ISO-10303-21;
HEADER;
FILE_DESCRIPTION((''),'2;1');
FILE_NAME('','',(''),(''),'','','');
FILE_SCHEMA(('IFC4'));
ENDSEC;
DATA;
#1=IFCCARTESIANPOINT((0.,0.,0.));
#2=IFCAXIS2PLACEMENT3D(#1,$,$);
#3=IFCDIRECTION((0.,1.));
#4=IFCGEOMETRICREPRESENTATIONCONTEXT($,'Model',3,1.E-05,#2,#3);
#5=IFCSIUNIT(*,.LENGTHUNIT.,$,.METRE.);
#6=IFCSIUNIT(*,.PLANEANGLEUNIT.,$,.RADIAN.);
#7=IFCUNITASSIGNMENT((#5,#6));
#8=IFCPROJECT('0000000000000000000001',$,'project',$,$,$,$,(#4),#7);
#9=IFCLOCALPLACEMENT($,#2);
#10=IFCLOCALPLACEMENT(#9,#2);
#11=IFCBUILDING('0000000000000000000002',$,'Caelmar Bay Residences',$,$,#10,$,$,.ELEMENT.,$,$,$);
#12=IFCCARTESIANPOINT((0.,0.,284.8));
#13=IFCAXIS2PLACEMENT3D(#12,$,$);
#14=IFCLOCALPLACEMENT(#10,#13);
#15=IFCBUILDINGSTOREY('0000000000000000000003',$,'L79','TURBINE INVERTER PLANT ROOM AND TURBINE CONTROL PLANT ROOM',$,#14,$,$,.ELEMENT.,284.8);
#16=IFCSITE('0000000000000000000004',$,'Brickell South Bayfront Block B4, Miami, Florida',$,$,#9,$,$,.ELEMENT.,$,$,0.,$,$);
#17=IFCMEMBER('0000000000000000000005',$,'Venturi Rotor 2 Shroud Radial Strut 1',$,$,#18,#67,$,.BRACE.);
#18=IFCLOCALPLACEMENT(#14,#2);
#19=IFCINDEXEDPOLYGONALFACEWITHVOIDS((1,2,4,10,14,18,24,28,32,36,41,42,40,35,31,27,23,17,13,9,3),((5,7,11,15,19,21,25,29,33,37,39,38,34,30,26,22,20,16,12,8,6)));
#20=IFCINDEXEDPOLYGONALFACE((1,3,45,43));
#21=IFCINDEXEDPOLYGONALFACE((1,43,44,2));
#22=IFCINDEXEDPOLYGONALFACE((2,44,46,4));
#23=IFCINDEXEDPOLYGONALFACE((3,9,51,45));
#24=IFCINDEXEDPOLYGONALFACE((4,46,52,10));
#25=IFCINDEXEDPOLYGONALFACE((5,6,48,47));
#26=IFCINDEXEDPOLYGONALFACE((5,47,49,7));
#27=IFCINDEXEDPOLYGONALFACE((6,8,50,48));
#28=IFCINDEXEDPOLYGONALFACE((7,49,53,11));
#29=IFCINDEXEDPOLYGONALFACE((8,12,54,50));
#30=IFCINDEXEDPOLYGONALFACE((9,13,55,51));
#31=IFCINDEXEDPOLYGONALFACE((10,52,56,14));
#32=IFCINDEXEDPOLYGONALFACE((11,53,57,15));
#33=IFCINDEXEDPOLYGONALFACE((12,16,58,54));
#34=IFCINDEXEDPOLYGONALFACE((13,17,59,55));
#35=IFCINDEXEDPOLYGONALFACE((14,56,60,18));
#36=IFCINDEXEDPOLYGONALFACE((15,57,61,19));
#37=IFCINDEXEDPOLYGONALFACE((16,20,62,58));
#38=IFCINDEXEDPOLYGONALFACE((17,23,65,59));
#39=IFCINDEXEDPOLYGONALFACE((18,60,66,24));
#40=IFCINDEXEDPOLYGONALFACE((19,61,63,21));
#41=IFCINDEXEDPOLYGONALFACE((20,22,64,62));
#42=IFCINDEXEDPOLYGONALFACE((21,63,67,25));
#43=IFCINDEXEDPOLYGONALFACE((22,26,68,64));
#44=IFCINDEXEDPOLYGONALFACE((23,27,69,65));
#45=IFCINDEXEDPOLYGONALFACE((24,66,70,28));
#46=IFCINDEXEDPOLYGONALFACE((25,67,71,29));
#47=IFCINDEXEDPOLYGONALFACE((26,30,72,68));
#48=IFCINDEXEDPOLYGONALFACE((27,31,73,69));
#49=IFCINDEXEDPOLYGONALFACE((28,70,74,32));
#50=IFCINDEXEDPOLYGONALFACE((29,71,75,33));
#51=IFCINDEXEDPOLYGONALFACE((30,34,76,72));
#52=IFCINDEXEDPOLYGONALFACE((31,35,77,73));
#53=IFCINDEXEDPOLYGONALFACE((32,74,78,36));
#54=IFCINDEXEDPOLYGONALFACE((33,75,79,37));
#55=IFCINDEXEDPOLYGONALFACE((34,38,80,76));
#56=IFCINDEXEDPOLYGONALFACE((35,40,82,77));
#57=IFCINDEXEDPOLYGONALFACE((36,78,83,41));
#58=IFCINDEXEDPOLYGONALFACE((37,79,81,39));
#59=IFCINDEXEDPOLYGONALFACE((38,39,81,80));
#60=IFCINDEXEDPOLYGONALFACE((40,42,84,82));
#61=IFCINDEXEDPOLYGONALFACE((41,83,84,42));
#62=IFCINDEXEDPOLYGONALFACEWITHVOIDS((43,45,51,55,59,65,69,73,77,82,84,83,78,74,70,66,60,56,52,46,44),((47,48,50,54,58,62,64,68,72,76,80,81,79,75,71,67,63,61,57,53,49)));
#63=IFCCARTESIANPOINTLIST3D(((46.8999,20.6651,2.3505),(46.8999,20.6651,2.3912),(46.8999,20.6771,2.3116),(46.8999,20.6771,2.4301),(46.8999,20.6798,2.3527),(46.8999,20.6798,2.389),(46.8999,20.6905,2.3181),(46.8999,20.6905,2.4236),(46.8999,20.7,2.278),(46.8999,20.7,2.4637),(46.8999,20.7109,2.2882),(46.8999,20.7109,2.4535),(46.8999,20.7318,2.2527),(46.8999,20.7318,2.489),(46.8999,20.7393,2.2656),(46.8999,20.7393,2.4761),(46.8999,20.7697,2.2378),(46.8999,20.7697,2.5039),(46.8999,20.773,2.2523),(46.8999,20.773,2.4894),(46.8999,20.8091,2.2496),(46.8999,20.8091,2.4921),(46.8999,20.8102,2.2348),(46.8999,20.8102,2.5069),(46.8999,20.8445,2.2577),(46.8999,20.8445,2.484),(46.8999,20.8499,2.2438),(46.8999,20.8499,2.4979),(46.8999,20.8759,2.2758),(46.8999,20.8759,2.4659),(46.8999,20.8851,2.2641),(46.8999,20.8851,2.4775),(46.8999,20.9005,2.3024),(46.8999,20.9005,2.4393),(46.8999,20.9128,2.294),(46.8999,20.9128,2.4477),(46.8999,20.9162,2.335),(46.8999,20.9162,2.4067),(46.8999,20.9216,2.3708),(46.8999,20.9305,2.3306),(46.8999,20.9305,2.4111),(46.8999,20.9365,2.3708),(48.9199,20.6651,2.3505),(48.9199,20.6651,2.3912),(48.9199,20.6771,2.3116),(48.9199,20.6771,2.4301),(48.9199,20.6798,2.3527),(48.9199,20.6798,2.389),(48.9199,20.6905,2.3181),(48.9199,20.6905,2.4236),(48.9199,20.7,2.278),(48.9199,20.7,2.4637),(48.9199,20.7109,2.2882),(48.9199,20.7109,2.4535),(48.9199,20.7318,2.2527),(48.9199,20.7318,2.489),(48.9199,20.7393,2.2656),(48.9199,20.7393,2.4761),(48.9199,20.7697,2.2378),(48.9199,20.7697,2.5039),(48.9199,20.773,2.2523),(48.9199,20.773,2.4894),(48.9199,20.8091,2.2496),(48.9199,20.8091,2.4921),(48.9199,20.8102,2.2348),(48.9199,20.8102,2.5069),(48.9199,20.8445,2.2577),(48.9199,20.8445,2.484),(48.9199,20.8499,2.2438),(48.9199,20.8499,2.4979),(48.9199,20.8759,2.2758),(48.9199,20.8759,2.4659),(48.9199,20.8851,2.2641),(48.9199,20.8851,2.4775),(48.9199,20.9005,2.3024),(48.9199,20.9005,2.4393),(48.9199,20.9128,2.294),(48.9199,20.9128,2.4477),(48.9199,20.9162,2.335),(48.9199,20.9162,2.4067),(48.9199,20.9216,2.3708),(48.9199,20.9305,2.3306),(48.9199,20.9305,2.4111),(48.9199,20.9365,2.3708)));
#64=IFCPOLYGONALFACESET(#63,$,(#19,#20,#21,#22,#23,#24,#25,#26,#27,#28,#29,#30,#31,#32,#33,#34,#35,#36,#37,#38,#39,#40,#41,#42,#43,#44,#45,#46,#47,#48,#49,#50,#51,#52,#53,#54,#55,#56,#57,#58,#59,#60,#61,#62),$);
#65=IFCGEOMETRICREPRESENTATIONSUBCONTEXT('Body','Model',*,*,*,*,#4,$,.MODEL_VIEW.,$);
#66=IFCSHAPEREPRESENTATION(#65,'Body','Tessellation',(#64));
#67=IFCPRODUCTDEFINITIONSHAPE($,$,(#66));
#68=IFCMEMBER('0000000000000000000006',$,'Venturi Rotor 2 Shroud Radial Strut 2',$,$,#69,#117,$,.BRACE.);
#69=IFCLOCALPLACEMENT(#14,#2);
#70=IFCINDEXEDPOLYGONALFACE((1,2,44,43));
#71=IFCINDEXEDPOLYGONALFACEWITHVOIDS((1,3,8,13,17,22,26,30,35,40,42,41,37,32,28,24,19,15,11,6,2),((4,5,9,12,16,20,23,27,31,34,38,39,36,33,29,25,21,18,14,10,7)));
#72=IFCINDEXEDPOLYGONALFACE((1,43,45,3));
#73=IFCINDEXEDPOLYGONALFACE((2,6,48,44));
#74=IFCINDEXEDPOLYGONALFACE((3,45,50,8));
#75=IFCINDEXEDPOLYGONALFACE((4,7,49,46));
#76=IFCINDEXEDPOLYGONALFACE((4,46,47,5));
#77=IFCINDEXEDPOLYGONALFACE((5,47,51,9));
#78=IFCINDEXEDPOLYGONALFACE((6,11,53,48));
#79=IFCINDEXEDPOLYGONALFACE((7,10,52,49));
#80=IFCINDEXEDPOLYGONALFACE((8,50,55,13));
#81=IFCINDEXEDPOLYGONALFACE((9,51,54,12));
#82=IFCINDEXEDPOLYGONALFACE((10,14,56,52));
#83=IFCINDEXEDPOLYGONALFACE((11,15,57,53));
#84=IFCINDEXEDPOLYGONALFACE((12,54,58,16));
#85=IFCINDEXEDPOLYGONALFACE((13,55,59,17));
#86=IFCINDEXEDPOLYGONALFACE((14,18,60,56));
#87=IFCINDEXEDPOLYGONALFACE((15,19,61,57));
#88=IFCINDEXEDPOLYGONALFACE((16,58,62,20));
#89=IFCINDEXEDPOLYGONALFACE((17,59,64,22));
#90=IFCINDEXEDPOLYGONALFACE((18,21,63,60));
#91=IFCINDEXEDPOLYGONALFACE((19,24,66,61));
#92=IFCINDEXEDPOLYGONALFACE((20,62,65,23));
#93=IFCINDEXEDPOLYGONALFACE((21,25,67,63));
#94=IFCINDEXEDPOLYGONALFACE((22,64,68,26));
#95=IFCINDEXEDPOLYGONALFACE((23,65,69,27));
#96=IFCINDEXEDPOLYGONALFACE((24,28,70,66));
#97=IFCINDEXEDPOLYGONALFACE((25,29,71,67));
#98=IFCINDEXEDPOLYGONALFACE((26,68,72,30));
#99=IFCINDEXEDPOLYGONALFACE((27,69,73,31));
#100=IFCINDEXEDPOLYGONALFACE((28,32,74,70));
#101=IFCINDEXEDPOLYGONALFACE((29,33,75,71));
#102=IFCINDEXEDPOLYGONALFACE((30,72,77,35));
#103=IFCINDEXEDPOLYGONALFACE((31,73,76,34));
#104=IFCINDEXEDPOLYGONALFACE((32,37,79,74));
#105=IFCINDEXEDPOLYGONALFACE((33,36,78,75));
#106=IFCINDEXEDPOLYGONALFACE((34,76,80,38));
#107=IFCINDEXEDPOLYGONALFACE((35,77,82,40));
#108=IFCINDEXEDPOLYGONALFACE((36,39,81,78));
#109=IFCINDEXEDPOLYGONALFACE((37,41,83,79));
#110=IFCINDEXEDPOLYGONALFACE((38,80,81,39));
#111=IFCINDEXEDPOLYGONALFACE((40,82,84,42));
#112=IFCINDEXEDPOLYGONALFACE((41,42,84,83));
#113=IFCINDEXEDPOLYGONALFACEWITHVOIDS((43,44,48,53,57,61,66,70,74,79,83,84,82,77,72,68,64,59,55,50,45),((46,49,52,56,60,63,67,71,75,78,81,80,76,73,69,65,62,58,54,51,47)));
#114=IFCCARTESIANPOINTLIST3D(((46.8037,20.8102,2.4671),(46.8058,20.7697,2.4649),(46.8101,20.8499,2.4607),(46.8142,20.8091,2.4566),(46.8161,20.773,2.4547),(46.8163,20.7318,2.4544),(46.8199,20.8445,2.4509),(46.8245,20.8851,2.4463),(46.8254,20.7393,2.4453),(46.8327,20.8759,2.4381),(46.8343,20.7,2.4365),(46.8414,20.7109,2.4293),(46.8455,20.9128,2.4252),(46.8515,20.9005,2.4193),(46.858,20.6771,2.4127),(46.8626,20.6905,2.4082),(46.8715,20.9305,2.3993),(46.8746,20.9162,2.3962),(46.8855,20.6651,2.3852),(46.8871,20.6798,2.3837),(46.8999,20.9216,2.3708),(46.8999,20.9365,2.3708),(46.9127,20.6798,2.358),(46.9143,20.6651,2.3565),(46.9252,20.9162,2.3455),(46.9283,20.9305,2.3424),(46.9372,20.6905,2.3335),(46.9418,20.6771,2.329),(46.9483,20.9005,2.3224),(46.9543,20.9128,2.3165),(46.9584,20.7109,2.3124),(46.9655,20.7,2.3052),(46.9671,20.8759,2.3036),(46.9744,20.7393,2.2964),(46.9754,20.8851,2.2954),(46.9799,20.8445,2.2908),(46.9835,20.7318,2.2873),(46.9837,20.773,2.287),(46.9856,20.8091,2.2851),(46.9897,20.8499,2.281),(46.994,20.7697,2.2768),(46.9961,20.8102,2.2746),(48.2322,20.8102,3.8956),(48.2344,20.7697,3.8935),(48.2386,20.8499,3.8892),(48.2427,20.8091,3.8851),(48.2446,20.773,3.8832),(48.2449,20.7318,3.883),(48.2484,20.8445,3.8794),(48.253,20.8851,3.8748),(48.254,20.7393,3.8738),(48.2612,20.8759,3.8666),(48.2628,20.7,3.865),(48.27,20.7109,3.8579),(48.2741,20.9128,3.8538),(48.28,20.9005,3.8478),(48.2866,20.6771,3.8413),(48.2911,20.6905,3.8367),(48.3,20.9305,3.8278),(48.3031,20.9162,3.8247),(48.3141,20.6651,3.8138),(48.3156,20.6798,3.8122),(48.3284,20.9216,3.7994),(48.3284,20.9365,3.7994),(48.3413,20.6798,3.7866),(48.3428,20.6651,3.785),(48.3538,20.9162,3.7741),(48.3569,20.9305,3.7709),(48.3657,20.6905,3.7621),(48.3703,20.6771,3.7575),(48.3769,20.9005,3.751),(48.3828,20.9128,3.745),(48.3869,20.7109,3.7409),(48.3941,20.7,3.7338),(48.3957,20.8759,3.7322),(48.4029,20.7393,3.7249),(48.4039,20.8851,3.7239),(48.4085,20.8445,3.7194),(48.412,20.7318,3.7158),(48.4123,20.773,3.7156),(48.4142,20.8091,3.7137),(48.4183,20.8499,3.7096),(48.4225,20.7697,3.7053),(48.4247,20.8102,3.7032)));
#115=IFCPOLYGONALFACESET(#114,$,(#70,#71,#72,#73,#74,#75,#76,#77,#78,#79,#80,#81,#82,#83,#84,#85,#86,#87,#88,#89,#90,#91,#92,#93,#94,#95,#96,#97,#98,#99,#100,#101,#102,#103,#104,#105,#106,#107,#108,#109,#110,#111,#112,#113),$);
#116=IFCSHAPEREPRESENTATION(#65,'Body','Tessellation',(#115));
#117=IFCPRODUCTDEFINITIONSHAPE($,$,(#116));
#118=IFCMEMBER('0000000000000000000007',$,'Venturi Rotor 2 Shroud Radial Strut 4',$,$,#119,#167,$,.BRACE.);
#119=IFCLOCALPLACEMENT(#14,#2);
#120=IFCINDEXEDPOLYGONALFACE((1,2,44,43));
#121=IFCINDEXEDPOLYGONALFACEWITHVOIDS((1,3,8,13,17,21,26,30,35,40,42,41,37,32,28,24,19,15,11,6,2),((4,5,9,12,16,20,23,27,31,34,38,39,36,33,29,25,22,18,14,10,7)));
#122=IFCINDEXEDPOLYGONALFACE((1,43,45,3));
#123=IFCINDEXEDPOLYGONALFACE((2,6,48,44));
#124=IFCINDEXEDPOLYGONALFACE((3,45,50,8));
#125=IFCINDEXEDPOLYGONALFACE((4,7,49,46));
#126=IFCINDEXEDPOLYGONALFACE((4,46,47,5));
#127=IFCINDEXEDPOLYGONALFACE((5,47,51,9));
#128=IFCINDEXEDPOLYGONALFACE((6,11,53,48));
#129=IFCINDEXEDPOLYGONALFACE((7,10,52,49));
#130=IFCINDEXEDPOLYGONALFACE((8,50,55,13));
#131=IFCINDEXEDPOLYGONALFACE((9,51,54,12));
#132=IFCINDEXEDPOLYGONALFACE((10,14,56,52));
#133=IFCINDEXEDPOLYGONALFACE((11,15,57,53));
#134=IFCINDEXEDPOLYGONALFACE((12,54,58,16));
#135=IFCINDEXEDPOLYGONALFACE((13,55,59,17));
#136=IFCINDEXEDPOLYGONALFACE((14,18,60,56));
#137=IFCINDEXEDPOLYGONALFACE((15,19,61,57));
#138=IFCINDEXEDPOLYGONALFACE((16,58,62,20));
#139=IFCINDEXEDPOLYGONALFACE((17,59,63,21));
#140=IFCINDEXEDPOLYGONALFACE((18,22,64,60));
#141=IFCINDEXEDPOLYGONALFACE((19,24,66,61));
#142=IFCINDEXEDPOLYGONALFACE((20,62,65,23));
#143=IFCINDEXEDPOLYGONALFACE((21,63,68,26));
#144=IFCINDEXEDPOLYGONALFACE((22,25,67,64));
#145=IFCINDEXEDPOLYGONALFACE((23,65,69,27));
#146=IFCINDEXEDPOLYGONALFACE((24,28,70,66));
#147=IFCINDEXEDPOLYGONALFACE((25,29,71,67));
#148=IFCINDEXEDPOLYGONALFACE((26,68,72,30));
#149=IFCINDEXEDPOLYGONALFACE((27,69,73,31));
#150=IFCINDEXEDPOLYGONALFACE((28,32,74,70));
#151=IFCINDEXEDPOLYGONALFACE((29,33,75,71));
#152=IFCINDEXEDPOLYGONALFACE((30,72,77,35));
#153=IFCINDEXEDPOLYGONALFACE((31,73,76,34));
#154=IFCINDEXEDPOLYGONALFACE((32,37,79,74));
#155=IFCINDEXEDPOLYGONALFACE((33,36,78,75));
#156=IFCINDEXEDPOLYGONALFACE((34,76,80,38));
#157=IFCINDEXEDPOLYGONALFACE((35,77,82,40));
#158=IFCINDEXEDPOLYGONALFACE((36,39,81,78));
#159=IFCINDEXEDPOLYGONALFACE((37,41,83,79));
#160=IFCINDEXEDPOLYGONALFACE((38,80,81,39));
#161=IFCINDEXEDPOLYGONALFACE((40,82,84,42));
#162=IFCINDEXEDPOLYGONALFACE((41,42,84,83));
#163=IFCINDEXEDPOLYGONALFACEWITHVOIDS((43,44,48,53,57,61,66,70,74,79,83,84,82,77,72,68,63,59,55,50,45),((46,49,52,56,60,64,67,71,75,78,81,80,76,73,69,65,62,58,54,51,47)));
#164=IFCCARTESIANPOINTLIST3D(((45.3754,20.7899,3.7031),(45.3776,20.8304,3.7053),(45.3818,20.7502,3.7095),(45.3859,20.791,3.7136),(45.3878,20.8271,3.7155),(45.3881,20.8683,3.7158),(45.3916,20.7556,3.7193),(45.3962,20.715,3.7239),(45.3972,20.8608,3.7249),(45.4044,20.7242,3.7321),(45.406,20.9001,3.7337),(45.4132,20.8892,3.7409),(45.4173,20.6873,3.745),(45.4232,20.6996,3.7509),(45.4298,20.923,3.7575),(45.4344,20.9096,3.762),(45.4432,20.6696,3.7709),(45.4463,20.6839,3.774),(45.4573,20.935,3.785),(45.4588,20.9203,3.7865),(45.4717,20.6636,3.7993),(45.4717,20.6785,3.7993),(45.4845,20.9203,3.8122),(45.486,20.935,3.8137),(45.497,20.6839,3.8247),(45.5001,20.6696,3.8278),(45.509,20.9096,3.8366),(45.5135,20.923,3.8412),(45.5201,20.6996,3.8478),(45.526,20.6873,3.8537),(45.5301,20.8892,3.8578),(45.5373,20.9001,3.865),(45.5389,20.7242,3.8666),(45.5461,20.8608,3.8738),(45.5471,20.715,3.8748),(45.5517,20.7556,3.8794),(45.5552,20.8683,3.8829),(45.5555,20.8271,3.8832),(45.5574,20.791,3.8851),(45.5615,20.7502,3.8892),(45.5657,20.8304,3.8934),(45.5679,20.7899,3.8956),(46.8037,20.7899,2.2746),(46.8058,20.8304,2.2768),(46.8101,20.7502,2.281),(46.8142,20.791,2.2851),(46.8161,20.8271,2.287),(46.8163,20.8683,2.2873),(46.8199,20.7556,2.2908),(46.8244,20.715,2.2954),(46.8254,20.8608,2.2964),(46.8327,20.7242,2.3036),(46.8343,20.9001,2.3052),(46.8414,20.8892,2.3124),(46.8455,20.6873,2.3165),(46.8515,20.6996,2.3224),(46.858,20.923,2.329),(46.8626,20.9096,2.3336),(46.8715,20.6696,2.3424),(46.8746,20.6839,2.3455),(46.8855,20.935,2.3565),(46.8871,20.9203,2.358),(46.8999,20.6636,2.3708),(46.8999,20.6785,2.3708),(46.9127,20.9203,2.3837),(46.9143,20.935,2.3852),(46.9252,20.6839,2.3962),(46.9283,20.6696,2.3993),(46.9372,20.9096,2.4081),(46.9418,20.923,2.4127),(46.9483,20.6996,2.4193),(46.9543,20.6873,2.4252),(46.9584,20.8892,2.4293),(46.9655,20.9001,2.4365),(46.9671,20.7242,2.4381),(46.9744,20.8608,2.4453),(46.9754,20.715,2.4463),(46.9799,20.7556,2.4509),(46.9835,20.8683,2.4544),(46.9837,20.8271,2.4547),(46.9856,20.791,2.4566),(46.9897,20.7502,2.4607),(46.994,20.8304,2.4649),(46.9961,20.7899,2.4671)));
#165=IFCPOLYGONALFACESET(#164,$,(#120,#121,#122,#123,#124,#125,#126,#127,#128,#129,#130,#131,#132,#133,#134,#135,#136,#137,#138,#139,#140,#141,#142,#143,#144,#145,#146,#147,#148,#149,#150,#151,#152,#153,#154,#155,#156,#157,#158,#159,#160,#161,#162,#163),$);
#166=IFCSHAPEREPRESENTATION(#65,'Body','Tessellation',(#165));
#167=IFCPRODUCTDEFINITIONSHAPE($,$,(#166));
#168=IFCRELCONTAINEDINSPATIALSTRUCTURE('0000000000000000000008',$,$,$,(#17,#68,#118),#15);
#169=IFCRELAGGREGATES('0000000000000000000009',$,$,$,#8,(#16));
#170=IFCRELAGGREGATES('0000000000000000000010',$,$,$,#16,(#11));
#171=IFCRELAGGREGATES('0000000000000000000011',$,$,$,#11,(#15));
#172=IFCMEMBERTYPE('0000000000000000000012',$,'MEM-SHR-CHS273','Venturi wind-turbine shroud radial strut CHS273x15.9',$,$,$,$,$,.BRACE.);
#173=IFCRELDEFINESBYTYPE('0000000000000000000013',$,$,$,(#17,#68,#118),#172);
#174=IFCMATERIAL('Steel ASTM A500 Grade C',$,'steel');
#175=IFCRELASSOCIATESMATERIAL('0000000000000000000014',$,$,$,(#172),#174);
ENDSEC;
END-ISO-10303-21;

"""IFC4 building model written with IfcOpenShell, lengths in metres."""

from ifc_helpers import new_model, si_unit, direction, frame, origin, origin_2d, place, context, subcontext, project, spatial, hollow_circle, extrude, material, material_profile, profile_set, type_object, element, save


model = new_model("IFC4")

# Units and contexts
model_context = context("Model", 3, precision=1e-05, world=origin(), true_north=direction((0.0, 1.0)))
body_context = subcontext(model_context, "Body", "Model", "MODEL_VIEW")
ifc_project = project(units=[si_unit("LENGTHUNIT", "METRE"), si_unit("PLANEANGLEUNIT", "RADIAN")], contexts=[model_context])

# Site, building, storey
site_placement = place(None, origin())
site = spatial("IfcSite", under=ifc_project, at=site_placement, Name="Brickell South Bayfront Block B4, Miami, Florida", CompositionType="ELEMENT", RefElevation=0.0)
building_placement = place(site_placement, origin())
building = spatial("IfcBuilding", under=site, at=building_placement, Name="Caelmar Bay Residences", CompositionType="ELEMENT")
storey_placement = place(building_placement, frame((0.0, 0.0, 284.8)))
storey = spatial("IfcBuildingStorey", under=building, at=storey_placement, Name="L79", Description="TURBINE INVERTER PLANT ROOM AND TURBINE CONTROL PLANT ROOM", CompositionType="ELEMENT", Elevation=284.8)

# Members
ifc_material_1 = material(Name="Steel ASTM A500 Grade C", Category="steel")
ifc_material_profile_1 = material_profile(ifc_material_1, hollow_circle(Radius=0.1365, WallThickness=0.0149, at=origin_2d()), Name="CHS273X15.9")
ifc_profile_set_1 = profile_set([ifc_material_profile_1], Name="Steel ASTM A500 Grade C")
member_type_1 = type_object("IfcMemberType", Name="MEM-SHR-CHS273", Description="Venturi wind-turbine shroud radial strut CHS273x15.9", PredefinedType="BRACE", material=ifc_profile_set_1)
member_1_placement = place(storey_placement, frame((46.8999, 20.8, 2.3708), z_axis=(1.0, 0.0, 0.0), x_axis=(0.0, 1.0, 0.0)))
element("IfcMember", 1, at=member_1_placement, inside=storey, type_object=member_type_1, Name="Venturi Rotor 2 Shroud Radial Strut 1", PredefinedType="BRACE", context=body_context, shape_type="SweptSolid", body=[
    extrude(hollow_circle(Radius=0.1365, WallThickness=0.0149, at=origin_2d()), origin(), (0.0, 0.0, 1.0), 2.02),
])
member_2_placement = place(storey_placement, frame((46.8999, 20.8, 2.3708), z_axis=(0.707107, 0.0, 0.707107), x_axis=(0.0, 1.0, 0.0)))
element("IfcMember", 2, at=member_2_placement, inside=storey, type_object=member_type_1, Name="Venturi Rotor 2 Shroud Radial Strut 2", PredefinedType="BRACE", context=body_context, shape_type="SweptSolid", body=[
    extrude(hollow_circle(Radius=0.1365, WallThickness=0.0149, at=origin_2d()), origin(), (0.0, 0.0, 1.0), 2.0203),
])
for number, where, z_axis, x_axis, name in (
    (3, (46.8999, 20.8, 2.3708), (-0.707046, 0.0, 0.707167), (0.0, -1.0, 0.0), "Venturi Rotor 2 Shroud Radial Strut 4"),
):
    element("IfcMember", number, at=place(storey_placement, frame(where, z_axis=z_axis, x_axis=x_axis)), inside=storey, type_object=member_type_1, Name=name, PredefinedType="BRACE", context=body_context, shape_type="SweptSolid", body=[
        extrude(hollow_circle(Radius=0.1365, WallThickness=0.0149, at=origin_2d()), origin(), (0.0, 0.0, 1.0), 2.02),
    ])

save(model, "model.ifc")
